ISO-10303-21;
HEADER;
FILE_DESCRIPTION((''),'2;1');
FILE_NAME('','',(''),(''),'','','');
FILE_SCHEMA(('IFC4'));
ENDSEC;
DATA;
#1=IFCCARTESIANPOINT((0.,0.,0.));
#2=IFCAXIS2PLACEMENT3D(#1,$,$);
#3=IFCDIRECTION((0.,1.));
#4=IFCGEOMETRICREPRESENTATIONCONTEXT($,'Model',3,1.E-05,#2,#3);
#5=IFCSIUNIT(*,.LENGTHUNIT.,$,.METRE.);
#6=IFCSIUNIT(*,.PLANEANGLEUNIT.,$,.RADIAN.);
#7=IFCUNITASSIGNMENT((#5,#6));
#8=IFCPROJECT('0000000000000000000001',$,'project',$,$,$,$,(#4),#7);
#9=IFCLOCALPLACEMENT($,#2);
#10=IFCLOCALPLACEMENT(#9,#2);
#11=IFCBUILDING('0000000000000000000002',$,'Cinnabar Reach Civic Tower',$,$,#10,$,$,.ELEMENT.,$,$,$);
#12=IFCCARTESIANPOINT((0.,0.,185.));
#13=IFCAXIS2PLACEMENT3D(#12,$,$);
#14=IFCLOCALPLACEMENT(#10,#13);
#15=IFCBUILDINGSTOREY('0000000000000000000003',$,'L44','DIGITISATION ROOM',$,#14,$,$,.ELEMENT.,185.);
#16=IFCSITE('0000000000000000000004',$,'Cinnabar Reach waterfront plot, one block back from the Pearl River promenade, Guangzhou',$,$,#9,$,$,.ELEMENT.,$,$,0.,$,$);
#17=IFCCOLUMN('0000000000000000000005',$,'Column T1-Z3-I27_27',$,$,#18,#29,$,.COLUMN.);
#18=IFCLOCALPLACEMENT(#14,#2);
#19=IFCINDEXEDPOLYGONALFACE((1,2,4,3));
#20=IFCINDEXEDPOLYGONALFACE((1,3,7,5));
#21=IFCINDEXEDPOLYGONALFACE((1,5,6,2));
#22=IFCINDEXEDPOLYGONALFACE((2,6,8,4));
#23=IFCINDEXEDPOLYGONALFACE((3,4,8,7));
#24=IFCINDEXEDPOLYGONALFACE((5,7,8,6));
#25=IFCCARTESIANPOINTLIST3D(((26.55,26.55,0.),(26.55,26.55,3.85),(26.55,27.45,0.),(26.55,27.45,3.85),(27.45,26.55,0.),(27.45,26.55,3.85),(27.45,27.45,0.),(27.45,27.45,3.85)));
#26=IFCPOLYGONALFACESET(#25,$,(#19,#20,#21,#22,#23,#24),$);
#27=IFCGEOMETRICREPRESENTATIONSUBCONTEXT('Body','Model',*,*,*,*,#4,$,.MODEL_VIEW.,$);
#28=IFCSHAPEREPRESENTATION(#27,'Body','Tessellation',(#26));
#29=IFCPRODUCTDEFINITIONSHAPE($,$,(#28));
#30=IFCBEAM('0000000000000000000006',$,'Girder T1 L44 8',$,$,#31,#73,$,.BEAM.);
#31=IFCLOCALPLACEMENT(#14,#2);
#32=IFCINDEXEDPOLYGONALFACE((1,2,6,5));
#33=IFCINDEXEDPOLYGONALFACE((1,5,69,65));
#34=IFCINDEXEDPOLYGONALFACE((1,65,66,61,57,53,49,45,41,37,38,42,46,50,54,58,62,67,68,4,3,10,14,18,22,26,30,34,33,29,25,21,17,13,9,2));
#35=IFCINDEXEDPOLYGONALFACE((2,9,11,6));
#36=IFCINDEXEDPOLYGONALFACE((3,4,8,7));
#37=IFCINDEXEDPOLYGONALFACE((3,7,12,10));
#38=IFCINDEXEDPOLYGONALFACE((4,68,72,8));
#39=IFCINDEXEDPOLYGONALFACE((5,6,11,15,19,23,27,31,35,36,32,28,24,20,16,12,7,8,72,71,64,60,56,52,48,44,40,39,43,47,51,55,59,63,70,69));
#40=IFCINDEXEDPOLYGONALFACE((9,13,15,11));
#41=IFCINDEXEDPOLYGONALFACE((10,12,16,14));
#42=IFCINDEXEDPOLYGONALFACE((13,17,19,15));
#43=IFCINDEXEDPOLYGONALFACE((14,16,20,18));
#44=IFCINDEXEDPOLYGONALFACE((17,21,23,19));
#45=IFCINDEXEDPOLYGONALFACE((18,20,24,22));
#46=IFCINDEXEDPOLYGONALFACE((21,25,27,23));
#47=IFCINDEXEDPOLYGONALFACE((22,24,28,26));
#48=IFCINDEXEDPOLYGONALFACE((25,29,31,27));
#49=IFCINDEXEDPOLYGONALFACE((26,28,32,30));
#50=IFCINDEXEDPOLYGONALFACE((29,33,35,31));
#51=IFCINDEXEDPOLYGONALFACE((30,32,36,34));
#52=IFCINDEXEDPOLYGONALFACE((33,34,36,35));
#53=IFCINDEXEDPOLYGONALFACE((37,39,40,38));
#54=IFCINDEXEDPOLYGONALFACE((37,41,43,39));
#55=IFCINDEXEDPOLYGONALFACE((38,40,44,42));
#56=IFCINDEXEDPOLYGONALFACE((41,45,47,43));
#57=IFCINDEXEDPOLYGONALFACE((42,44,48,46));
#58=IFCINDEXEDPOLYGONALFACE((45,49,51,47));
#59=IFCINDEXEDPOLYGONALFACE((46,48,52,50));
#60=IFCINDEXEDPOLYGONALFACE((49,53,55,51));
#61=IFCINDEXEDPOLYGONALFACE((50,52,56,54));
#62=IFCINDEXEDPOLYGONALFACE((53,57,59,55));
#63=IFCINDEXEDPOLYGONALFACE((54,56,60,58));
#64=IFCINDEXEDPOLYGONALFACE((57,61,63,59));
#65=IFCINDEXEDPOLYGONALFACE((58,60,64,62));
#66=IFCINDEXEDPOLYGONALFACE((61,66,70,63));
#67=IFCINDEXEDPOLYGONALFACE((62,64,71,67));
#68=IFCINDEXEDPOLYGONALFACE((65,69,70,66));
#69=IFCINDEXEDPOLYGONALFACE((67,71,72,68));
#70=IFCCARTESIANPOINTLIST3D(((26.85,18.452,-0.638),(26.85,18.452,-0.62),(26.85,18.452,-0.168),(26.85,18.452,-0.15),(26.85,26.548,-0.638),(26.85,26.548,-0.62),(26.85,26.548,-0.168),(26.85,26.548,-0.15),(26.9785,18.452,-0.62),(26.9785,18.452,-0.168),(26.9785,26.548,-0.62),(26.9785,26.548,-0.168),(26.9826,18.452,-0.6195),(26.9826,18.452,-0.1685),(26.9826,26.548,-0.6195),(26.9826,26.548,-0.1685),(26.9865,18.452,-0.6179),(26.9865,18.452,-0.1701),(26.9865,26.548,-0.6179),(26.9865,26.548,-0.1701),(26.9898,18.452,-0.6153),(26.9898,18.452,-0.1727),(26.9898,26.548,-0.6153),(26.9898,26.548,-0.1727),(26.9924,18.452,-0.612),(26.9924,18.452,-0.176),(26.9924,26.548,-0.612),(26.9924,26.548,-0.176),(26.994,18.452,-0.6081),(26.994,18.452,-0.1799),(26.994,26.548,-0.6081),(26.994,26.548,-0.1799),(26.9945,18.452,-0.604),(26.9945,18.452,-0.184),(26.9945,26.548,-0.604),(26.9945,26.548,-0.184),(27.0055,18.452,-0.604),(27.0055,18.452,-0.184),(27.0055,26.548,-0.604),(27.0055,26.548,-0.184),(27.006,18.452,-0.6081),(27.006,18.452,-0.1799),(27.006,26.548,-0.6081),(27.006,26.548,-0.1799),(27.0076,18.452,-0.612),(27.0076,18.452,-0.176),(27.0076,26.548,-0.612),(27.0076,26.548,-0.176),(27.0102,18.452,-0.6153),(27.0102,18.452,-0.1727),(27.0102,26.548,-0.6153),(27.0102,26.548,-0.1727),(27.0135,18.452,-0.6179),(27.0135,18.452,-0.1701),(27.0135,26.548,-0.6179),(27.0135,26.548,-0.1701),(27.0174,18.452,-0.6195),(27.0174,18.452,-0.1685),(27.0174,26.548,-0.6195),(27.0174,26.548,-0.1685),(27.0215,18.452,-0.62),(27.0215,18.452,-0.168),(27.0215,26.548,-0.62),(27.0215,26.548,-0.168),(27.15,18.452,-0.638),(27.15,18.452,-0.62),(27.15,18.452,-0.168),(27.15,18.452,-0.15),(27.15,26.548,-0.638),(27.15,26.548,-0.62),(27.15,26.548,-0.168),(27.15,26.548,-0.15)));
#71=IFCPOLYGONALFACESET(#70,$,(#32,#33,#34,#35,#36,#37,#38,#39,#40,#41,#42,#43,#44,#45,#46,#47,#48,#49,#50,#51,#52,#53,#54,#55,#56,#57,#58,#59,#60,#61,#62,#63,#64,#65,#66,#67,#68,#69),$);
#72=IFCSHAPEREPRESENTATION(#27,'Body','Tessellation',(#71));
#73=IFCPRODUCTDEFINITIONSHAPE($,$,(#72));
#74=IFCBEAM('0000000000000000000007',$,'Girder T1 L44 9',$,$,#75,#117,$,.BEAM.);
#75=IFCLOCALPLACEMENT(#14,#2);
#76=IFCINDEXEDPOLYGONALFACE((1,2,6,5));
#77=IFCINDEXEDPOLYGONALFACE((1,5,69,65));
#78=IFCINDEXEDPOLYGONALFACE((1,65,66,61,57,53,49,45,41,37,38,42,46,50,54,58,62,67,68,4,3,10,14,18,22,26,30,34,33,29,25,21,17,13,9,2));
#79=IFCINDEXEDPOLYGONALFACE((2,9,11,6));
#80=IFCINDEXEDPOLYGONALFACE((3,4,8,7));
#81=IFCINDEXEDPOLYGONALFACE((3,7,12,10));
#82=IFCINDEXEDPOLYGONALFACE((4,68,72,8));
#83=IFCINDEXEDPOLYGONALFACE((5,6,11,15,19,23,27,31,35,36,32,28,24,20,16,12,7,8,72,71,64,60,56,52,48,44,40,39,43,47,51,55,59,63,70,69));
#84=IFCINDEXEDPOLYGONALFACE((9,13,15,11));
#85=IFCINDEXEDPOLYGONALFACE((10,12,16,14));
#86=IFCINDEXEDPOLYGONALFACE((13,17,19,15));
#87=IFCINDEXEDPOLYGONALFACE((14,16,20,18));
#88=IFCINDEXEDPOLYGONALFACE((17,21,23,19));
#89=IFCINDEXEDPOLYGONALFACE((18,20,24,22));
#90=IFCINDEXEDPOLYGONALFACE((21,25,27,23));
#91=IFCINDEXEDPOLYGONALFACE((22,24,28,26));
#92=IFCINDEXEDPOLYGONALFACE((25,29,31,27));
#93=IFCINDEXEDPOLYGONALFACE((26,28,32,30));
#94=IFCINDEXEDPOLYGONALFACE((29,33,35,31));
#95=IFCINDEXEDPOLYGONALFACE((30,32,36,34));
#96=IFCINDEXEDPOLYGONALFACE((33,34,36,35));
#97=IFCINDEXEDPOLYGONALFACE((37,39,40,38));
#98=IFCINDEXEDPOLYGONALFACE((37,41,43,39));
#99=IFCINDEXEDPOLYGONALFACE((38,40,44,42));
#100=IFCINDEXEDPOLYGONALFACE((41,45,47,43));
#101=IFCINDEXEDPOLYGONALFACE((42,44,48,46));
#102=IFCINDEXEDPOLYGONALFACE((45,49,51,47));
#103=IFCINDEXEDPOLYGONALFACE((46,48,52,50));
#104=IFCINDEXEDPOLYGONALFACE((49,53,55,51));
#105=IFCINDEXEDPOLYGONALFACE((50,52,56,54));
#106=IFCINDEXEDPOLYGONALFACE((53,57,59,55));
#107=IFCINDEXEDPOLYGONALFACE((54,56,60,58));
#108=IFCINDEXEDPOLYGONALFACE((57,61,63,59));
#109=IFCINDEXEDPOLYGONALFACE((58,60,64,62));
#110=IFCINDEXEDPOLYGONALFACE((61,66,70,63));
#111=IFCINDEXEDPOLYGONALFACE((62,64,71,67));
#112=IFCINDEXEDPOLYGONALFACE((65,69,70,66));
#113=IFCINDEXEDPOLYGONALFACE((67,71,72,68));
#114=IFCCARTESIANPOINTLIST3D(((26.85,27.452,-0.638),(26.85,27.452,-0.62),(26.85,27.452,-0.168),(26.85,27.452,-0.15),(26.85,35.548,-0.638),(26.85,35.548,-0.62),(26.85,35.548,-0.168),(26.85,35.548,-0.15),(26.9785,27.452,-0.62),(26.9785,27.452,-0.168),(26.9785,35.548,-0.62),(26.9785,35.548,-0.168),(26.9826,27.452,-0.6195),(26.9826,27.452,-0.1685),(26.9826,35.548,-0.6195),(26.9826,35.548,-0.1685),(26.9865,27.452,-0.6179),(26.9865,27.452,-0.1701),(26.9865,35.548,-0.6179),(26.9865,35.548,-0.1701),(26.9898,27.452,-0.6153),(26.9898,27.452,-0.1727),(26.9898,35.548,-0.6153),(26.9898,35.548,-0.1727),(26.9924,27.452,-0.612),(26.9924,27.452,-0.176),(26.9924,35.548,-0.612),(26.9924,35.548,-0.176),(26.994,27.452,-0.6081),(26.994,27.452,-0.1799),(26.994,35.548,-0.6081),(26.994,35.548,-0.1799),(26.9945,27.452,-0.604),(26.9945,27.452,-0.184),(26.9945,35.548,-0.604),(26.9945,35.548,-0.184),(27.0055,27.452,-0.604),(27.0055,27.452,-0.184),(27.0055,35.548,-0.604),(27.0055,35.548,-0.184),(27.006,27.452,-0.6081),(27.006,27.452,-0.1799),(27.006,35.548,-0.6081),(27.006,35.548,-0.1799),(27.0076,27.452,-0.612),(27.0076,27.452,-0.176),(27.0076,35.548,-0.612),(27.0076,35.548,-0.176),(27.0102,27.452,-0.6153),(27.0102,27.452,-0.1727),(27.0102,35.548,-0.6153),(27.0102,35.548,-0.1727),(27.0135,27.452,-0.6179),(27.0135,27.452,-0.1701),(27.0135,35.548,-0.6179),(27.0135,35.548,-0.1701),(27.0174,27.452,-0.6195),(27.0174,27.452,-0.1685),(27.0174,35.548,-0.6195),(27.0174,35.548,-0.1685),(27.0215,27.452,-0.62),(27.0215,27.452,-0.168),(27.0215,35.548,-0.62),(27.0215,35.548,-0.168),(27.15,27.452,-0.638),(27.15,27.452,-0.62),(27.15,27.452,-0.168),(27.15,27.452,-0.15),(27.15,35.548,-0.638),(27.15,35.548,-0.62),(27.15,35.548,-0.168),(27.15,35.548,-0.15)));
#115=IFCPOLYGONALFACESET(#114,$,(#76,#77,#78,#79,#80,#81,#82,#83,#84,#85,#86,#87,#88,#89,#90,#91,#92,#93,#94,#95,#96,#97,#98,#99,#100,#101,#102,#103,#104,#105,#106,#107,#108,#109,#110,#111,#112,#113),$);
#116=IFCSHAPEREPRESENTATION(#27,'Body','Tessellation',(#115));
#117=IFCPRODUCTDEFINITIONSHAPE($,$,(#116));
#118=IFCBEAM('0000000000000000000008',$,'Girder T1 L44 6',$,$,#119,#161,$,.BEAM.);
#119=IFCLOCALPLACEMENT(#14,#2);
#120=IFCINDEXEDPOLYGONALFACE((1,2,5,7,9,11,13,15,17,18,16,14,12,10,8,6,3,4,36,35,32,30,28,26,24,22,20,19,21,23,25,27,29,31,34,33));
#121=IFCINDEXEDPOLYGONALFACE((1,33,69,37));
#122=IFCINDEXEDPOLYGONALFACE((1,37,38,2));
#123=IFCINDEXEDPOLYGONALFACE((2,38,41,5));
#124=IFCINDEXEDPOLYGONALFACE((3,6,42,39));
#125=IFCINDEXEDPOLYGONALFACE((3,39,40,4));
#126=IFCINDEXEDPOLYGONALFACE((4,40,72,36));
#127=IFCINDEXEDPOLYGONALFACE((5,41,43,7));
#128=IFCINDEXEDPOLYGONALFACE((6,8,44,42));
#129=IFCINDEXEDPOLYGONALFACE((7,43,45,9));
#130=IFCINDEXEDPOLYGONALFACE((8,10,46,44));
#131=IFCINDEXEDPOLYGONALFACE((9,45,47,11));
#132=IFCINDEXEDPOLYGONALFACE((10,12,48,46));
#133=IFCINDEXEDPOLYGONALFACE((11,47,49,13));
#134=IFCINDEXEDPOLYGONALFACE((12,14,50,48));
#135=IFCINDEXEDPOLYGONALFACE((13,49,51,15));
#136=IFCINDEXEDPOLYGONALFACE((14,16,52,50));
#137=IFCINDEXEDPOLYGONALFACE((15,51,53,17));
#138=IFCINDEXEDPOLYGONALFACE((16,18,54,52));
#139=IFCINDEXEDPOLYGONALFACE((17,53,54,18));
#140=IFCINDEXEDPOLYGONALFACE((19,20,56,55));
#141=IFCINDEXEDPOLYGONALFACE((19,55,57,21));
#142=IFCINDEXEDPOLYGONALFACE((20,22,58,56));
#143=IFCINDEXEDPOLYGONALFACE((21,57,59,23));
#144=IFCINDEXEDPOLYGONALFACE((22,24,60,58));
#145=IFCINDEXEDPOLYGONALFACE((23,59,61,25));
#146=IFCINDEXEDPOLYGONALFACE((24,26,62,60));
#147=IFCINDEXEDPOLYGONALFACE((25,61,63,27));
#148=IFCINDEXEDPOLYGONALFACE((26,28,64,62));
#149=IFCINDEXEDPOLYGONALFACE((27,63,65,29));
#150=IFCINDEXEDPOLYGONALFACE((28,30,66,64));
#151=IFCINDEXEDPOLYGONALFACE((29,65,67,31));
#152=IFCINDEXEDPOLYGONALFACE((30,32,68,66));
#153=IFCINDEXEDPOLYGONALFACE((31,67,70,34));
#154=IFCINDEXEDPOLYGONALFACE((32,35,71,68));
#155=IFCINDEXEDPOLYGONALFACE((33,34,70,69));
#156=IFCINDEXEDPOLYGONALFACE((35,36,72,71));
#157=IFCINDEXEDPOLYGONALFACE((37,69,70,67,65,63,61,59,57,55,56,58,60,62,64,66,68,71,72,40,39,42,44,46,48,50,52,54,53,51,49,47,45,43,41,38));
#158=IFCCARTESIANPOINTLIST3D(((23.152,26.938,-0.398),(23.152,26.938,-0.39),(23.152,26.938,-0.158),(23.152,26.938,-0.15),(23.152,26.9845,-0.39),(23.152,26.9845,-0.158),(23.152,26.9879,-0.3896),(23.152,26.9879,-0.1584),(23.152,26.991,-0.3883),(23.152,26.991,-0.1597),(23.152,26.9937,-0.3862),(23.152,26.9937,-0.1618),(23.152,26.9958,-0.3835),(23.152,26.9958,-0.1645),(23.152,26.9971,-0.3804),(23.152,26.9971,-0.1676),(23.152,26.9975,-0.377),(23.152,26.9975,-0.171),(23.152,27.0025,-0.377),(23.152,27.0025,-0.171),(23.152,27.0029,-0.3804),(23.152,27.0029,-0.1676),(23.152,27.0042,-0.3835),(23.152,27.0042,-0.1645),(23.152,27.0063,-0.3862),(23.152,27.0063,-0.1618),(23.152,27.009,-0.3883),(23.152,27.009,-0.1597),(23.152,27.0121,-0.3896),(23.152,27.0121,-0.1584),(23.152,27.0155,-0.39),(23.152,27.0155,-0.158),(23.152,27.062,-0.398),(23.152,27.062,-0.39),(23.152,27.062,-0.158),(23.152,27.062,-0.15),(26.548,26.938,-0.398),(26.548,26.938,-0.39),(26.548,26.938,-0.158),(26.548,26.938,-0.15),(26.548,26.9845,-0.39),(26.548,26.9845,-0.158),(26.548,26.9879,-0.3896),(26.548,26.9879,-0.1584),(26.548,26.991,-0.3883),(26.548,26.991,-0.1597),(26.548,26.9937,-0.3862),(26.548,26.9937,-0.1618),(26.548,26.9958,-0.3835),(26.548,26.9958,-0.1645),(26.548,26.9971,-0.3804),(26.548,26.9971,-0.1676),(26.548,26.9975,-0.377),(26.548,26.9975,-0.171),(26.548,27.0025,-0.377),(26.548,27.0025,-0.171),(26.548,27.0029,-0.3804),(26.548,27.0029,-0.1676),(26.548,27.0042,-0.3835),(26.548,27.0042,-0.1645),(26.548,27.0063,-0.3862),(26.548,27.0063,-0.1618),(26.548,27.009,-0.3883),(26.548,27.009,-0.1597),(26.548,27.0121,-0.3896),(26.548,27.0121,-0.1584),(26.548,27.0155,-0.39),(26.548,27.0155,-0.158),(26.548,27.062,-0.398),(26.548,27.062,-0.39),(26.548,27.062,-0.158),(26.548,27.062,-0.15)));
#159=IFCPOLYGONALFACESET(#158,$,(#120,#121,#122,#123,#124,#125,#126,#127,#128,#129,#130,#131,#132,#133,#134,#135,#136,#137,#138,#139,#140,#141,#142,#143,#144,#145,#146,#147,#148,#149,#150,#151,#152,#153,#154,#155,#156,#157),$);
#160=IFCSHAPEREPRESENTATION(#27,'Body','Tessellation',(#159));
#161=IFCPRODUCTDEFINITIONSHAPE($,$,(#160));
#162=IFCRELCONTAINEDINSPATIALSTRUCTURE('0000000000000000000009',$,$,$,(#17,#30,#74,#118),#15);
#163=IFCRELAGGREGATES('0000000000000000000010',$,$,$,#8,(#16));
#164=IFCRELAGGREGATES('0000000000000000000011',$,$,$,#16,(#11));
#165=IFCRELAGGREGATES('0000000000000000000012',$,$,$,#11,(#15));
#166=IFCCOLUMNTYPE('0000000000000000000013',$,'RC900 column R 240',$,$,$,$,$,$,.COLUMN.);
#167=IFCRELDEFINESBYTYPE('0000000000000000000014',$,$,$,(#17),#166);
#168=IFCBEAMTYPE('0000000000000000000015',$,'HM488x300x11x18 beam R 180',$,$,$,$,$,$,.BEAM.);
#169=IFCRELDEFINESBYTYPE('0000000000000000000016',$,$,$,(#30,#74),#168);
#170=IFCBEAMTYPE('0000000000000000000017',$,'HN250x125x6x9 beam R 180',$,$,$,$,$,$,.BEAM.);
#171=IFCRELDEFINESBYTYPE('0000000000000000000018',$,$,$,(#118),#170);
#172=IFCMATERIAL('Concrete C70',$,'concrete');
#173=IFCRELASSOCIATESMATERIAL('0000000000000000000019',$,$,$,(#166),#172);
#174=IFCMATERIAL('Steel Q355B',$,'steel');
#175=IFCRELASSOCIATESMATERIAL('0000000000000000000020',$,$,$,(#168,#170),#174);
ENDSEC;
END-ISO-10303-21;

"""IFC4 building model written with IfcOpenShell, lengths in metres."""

from ifc_helpers import new_model, si_unit, direction, frame, origin, origin_2d, place, context, subcontext, project, spatial, rectangle, i_section, extrude, material, material_profile, profile_set, type_object, element, save


model = new_model("IFC4")

# Units and contexts
model_context = context("Model", 3, precision=1e-05, world=origin(), true_north=direction((0.0, 1.0)))
body_context = subcontext(model_context, "Body", "Model", "MODEL_VIEW")
ifc_project = project(units=[si_unit("LENGTHUNIT", "METRE"), si_unit("PLANEANGLEUNIT", "RADIAN")], contexts=[model_context])

# Site, building, storey
site_placement = place(None, origin())
site = spatial("IfcSite", under=ifc_project, at=site_placement, Name="Cinnabar Reach waterfront plot, one block back from the Pearl River promenade, Guangzhou", CompositionType="ELEMENT", RefElevation=0.0)
building_placement = place(site_placement, origin())
building = spatial("IfcBuilding", under=site, at=building_placement, Name="Cinnabar Reach Civic Tower", CompositionType="ELEMENT")
storey_placement = place(building_placement, frame((0.0, 0.0, 185.0)))
storey = spatial("IfcBuildingStorey", under=building, at=storey_placement, Name="L44", Description="DIGITISATION ROOM", CompositionType="ELEMENT", Elevation=185.0)

# Column
ifc_material_1 = material(Name="Concrete C70", Category="concrete")
ifc_material_profile_1 = material_profile(ifc_material_1, rectangle(XDim=0.9, YDim=0.9, at=origin_2d()), Name="RC900")
ifc_profile_set_1 = profile_set([ifc_material_profile_1], Name="Concrete C70")
column_type = type_object("IfcColumnType", Name="RC900 column R 240", PredefinedType="COLUMN", material=ifc_profile_set_1)
column_placement = place(storey_placement, frame((27.0, 27.0, 0.0), z_axis=(0.0, 0.0, 1.0), x_axis=(1.0, 0.0, 0.0)))
element("IfcColumn", 1, at=column_placement, inside=storey, type_object=column_type, Name="Column T1-Z3-I27_27", PredefinedType="COLUMN", context=body_context, shape_type="SweptSolid", body=[
    extrude(rectangle(XDim=0.9, YDim=0.9, at=origin_2d()), origin(), (0.0, 0.0, 1.0), 3.85),
])

# Beams
ifc_material_2 = material(Name="Steel Q355B", Category="steel")
ifc_material_profile_2 = material_profile(ifc_material_2, i_section(OverallWidth=0.3, OverallDepth=0.488, WebThickness=0.011, FlangeThickness=0.018, FilletRadius=0.016, at=origin_2d()), Name="HM488x300x11x18")
ifc_profile_set_2 = profile_set([ifc_material_profile_2], Name="Steel Q355B")
beam_type_1 = type_object("IfcBeamType", Name="HM488x300x11x18 beam R 180", PredefinedType="BEAM", material=ifc_profile_set_2)
for number, where, z_axis, x_axis, name in (
    (2, (27.0, 18.452, -0.394), (0.0, 1.0, 0.0), (-1.0, 0.0, 0.0), "Girder T1 L44 8"),
    (3, (27.0, 27.452, -0.394), (0.0, 1.0, 0.0), (-1.0, 0.0, 0.0), "Girder T1 L44 9"),
):
    element("IfcBeam", number, at=place(storey_placement, frame(where, z_axis=z_axis, x_axis=x_axis)), inside=storey, type_object=beam_type_1, Name=name, PredefinedType="BEAM", context=body_context, shape_type="SweptSolid", body=[
        extrude(i_section(OverallWidth=0.3, OverallDepth=0.488, WebThickness=0.011, FlangeThickness=0.018, FilletRadius=0.016, at=origin_2d()), origin(), (0.0, 0.0, 1.0), 8.096),
    ])
ifc_material_profile_3 = material_profile(ifc_material_2, i_section(OverallWidth=0.124, OverallDepth=0.248, WebThickness=0.005, FlangeThickness=0.008, FilletRadius=0.013, at=origin_2d()), Name="HN250x125x6x9")
ifc_profile_set_3 = profile_set([ifc_material_profile_3], Name="Steel Q355B")
beam_type_2 = type_object("IfcBeamType", Name="HN250x125x6x9 beam R 180", PredefinedType="BEAM", material=ifc_profile_set_3)
beam_1_placement = place(storey_placement, frame((23.152, 27.0, -0.274), z_axis=(1.0, 0.0, 0.0), x_axis=(0.0, 1.0, 0.0)))
element("IfcBeam", 4, at=beam_1_placement, inside=storey, type_object=beam_type_2, Name="Girder T1 L44 6", PredefinedType="BEAM", context=body_context, shape_type="SweptSolid", body=[
    extrude(i_section(OverallWidth=0.124, OverallDepth=0.248, WebThickness=0.005, FlangeThickness=0.008, FilletRadius=0.013, at=origin_2d()), origin(), (0.0, 0.0, 1.0), 3.396),
])

save(model, "model.ifc")
